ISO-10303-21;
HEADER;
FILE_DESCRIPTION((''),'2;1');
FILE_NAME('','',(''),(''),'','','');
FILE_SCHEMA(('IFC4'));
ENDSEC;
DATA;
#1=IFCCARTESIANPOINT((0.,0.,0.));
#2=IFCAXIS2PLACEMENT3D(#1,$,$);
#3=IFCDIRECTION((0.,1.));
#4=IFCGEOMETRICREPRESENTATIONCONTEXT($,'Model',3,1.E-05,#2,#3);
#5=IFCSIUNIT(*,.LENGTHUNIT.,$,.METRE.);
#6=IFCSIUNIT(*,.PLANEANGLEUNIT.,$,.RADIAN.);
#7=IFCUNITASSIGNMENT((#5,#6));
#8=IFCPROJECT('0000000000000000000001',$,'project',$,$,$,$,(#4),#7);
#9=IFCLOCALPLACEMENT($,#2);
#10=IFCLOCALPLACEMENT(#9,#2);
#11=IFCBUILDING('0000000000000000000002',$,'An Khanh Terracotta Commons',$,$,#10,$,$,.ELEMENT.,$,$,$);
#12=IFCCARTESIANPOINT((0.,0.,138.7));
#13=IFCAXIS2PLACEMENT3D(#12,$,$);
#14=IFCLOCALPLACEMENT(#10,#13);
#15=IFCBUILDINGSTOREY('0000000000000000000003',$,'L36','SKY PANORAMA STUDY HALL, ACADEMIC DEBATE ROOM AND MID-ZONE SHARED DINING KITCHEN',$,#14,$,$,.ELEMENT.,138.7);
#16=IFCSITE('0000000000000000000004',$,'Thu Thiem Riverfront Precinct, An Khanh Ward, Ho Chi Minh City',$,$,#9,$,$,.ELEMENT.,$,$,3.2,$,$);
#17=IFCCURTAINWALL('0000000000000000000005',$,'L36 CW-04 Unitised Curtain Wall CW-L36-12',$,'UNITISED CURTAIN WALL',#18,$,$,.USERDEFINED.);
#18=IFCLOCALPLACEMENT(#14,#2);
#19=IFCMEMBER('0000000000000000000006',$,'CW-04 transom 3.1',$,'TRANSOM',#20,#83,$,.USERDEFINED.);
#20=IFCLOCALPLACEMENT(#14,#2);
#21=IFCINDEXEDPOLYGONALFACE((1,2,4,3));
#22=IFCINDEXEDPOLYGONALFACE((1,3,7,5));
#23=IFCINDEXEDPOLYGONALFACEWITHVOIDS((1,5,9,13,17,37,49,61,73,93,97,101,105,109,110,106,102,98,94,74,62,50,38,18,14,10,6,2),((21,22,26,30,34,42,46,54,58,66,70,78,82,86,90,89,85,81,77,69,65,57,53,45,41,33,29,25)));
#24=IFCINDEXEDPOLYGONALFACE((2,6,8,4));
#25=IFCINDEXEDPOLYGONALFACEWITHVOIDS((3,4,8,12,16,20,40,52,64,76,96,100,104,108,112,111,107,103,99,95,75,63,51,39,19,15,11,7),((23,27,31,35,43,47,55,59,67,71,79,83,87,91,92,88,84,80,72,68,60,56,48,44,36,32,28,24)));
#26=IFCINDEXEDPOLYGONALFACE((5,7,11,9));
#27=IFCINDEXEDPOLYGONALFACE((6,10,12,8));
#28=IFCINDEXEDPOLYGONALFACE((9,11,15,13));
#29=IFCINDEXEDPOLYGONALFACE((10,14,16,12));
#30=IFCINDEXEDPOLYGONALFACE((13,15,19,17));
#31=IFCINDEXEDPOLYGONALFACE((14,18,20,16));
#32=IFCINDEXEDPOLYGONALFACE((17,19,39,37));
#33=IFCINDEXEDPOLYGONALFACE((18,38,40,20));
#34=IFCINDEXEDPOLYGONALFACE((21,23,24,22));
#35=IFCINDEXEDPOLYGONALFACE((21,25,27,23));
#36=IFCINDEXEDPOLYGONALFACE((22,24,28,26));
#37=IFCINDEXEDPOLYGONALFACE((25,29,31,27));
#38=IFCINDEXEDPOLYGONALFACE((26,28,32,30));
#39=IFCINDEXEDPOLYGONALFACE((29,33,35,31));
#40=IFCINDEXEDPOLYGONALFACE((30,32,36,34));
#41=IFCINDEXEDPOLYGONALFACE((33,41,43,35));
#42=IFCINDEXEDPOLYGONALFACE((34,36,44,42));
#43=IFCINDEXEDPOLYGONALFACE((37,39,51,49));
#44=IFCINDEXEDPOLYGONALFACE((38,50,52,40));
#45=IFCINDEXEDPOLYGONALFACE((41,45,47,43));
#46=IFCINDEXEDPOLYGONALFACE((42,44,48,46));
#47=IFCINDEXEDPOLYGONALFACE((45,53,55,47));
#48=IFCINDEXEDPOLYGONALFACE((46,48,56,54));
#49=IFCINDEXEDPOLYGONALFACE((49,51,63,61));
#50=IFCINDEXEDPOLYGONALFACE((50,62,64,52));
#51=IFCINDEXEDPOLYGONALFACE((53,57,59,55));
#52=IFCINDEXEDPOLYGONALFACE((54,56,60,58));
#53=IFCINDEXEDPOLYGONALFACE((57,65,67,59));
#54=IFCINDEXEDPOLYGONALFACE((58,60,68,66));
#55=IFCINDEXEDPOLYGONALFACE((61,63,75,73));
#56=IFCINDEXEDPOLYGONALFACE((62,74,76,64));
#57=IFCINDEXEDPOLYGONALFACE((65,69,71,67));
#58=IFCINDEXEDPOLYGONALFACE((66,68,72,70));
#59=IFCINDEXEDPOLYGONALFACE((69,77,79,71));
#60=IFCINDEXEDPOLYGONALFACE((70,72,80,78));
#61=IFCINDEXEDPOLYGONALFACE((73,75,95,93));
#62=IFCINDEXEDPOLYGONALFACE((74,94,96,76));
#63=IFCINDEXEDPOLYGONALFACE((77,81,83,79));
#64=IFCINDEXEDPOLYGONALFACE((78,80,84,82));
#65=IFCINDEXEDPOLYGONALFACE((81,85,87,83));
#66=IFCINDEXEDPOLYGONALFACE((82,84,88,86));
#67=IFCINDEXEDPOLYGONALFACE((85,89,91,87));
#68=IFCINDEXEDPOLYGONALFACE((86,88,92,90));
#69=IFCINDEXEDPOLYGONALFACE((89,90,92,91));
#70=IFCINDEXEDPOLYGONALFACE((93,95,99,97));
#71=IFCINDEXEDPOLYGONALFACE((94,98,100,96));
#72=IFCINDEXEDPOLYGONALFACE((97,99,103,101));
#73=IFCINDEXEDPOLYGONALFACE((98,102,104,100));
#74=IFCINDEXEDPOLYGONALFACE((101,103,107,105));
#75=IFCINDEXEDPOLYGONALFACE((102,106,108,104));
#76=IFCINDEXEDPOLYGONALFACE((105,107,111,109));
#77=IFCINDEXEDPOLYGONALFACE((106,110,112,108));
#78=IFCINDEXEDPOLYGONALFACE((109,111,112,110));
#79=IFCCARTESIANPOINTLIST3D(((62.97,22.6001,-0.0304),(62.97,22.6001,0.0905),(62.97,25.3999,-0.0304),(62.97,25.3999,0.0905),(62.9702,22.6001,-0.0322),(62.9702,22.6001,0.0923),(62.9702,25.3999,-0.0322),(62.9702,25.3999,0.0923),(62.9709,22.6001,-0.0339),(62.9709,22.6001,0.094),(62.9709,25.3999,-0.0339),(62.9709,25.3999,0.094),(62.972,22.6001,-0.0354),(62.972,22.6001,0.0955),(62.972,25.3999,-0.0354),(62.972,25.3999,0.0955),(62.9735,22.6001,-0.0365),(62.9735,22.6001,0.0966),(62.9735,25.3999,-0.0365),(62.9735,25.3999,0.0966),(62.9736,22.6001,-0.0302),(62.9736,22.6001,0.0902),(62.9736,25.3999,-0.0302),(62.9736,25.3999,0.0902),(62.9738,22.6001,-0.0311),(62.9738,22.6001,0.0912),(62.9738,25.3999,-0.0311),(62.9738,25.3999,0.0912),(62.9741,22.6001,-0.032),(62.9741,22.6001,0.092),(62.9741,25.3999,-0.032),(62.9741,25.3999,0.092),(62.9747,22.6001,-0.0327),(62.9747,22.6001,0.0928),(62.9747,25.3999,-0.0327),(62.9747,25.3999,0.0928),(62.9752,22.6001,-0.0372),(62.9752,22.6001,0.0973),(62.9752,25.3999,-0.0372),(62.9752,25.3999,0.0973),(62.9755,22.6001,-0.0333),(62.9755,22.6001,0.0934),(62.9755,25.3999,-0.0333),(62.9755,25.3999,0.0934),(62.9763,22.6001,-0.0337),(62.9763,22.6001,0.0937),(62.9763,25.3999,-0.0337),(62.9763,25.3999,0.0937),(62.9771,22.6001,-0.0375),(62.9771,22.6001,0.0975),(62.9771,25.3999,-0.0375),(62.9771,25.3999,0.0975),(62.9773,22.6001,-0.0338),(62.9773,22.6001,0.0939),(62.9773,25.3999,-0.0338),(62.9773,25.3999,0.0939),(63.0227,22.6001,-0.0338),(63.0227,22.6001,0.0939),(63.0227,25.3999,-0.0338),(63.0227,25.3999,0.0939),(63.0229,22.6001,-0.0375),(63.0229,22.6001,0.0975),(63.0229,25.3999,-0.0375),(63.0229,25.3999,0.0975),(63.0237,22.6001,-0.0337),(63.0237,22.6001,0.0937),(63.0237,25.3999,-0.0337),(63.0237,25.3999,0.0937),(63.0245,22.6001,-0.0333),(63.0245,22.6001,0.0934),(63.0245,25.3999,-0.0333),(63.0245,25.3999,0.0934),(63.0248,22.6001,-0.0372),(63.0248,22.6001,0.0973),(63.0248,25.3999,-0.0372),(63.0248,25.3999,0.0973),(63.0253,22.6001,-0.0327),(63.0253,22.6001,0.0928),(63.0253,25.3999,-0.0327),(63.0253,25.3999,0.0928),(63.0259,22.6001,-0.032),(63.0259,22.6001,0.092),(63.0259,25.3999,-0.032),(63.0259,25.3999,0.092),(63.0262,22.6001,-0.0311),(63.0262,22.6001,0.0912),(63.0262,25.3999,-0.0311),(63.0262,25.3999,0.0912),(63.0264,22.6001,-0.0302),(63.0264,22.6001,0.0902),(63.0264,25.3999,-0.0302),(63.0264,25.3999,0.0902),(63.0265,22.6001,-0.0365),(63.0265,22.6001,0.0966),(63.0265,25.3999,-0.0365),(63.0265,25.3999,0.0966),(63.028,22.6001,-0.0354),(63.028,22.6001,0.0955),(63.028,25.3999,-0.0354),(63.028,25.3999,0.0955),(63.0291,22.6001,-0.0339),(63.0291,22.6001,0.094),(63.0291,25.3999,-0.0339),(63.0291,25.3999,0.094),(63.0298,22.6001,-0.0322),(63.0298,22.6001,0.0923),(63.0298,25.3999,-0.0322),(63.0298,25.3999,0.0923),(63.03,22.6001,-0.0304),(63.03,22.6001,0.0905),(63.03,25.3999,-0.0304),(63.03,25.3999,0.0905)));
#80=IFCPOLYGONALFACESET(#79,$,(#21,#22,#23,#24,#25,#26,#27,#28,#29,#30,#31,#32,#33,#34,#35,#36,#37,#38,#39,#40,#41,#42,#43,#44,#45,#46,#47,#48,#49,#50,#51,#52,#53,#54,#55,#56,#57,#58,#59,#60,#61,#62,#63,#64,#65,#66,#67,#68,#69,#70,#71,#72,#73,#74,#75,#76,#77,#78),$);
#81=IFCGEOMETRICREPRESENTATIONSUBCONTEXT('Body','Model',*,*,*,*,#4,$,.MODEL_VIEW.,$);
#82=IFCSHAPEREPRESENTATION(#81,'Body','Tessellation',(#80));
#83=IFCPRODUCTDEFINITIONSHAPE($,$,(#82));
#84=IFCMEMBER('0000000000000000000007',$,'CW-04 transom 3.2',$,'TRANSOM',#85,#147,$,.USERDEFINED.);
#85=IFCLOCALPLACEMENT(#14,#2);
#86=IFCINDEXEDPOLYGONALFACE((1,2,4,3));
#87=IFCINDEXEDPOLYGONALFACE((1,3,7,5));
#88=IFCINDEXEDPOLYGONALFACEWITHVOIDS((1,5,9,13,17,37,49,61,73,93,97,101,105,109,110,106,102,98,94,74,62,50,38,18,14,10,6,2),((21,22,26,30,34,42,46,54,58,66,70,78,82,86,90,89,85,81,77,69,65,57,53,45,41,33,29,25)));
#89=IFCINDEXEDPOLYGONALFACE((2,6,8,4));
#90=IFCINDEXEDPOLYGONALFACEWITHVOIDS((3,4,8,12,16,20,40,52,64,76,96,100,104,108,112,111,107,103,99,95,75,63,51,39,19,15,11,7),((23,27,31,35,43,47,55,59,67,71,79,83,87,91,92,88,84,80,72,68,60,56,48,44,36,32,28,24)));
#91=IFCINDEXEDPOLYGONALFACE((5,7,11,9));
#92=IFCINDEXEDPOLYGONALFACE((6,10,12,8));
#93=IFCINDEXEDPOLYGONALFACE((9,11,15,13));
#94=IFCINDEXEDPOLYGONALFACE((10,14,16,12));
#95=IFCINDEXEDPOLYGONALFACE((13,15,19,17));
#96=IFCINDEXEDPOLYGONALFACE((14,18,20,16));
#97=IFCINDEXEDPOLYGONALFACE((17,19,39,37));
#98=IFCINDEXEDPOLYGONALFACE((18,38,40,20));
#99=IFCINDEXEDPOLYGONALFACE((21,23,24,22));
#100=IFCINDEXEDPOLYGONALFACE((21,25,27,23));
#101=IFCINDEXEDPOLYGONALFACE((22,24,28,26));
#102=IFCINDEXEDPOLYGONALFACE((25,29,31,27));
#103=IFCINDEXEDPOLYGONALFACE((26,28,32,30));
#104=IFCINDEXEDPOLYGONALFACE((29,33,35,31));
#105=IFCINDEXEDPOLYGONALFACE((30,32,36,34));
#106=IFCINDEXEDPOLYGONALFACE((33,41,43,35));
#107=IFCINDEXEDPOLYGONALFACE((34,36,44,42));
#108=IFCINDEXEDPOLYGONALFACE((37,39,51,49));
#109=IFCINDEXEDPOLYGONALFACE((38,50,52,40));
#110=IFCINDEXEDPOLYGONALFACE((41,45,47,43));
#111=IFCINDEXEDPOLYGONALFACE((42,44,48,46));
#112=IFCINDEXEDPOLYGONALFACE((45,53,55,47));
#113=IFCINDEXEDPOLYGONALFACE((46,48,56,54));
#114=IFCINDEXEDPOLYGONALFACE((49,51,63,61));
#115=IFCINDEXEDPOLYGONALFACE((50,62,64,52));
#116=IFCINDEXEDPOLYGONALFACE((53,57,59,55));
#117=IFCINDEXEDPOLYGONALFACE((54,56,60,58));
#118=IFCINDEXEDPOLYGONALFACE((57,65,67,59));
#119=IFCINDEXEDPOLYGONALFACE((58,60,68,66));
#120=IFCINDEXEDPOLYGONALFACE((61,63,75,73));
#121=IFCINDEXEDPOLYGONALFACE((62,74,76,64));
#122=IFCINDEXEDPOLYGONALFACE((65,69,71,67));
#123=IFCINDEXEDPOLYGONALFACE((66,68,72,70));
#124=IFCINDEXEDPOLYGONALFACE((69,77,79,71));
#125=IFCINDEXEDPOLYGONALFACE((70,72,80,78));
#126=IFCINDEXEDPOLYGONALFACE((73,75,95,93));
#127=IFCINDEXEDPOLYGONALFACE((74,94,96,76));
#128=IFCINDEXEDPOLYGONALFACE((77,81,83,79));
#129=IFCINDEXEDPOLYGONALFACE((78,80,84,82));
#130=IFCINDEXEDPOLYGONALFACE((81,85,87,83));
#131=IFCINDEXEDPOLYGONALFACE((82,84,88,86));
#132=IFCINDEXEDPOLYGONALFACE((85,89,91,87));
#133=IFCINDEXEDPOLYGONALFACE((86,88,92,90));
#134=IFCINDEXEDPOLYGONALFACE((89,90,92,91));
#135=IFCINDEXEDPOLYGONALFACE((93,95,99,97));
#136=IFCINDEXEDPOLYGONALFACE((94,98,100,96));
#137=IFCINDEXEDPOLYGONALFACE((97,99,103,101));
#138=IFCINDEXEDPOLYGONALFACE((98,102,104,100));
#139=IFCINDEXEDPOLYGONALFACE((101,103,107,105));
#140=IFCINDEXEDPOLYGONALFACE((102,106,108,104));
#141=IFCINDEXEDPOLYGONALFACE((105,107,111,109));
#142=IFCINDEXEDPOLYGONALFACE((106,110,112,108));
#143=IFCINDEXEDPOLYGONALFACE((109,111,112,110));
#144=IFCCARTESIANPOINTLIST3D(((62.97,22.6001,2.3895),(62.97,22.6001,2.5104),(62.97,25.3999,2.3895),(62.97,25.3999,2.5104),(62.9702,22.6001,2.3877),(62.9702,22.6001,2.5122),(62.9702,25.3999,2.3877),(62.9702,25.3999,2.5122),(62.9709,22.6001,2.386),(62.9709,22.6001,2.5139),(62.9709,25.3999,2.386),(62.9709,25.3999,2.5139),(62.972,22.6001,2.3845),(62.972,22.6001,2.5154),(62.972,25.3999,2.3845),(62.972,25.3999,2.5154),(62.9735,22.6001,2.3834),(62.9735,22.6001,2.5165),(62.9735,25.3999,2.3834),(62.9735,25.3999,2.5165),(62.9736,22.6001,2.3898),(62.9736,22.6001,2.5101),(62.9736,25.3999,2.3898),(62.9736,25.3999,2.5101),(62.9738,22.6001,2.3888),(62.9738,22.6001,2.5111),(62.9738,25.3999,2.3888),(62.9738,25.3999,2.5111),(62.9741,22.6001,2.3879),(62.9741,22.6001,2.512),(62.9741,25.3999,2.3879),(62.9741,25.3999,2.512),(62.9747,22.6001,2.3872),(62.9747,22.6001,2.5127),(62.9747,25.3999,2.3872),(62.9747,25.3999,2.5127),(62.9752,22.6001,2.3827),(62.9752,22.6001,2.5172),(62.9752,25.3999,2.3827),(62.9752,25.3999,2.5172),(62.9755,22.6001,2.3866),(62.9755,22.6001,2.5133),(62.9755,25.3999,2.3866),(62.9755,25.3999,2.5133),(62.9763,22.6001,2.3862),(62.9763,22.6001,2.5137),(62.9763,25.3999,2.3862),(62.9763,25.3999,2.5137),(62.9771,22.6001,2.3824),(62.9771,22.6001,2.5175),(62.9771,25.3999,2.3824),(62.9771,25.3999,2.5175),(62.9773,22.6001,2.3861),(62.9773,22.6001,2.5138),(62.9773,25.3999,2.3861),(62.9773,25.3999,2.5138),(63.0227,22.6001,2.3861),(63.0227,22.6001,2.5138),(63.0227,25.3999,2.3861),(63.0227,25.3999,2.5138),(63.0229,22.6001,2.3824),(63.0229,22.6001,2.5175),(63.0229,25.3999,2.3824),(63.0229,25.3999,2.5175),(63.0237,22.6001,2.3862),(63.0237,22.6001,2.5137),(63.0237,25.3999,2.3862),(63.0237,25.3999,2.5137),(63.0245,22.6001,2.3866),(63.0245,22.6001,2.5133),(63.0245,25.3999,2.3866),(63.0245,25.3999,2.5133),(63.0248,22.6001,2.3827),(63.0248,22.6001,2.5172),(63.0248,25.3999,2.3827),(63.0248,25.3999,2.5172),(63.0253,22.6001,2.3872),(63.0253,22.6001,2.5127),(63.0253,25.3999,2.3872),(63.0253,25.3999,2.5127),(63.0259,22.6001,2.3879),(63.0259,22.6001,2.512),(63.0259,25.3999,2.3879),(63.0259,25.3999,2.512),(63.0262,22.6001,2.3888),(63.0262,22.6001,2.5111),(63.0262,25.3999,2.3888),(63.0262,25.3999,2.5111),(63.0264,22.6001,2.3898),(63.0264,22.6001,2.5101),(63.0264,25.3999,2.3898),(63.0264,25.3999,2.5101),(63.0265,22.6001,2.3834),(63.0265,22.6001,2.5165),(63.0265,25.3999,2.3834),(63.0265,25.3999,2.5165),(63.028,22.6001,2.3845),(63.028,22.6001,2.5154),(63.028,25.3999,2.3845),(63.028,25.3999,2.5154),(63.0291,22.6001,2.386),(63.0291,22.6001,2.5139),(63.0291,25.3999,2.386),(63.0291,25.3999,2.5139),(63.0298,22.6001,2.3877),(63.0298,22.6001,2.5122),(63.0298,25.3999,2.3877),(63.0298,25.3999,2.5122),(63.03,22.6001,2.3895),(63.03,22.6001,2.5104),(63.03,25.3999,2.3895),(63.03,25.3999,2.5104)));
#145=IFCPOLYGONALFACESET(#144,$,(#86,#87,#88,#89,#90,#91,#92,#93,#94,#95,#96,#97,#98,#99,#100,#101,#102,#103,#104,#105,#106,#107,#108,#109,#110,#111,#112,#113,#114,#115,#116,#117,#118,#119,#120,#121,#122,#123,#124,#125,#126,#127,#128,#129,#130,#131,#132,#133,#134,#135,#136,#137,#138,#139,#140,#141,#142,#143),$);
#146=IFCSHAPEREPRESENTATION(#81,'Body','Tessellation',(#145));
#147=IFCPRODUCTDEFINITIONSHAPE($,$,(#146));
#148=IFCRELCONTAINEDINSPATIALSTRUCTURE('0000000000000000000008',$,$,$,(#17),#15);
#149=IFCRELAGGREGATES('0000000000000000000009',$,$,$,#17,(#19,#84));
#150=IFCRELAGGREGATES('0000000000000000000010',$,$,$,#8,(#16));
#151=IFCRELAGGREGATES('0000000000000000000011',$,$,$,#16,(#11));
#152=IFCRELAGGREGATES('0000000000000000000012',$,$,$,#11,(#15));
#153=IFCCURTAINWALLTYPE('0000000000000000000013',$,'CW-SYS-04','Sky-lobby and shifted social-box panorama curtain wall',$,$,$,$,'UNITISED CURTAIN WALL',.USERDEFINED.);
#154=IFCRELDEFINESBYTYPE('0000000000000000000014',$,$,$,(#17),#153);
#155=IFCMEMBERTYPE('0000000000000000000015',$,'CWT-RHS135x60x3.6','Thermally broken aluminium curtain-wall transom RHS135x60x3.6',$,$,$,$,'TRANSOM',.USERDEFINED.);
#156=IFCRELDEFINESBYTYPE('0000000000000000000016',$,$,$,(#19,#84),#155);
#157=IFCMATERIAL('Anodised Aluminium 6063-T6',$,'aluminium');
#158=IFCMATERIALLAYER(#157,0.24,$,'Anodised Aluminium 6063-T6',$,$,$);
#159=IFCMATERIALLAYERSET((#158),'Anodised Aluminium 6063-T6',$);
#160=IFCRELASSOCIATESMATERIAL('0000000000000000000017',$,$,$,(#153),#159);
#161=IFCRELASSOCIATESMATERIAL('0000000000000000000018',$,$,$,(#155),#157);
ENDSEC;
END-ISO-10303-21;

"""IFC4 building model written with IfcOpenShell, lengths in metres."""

from ifc_helpers import new_model, si_unit, direction, frame, origin, origin_2d, place, context, subcontext, project, spatial, hollow_rectangle, extrude, material, layer, layer_set, material_profile, profile_set, type_object, element, aggregate, save


model = new_model("IFC4")

# Units and contexts
model_context = context("Model", 3, precision=1e-05, world=origin(), true_north=direction((0.0, 1.0)))
body_context = subcontext(model_context, "Body", "Model", "MODEL_VIEW")
ifc_project = project(units=[si_unit("LENGTHUNIT", "METRE"), si_unit("PLANEANGLEUNIT", "RADIAN")], contexts=[model_context])

# Site, building, storey
site_placement = place(None, origin())
site = spatial("IfcSite", under=ifc_project, at=site_placement, Name="Thu Thiem Riverfront Precinct, An Khanh Ward, Ho Chi Minh City", CompositionType="ELEMENT", RefElevation=3.2)
building_placement = place(site_placement, origin())
building = spatial("IfcBuilding", under=site, at=building_placement, Name="An Khanh Terracotta Commons", CompositionType="ELEMENT")
storey_placement = place(building_placement, frame((0.0, 0.0, 138.7)))
storey = spatial("IfcBuildingStorey", under=building, at=storey_placement, Name="L36", Description="SKY PANORAMA STUDY HALL, ACADEMIC DEBATE ROOM AND MID-ZONE SHARED DINING KITCHEN", CompositionType="ELEMENT", Elevation=138.7)

# Curtain wall
ifc_material_1 = material(Name="Anodised Aluminium 6063-T6", Category="aluminium")
ifc_layer_1 = layer(ifc_material_1, 0.24, Name="Anodised Aluminium 6063-T6")
ifc_layer_set_1 = layer_set([ifc_layer_1], Name="Anodised Aluminium 6063-T6")
curtain_wall_type = type_object("IfcCurtainWallType", Name="CW-SYS-04", Description="Sky-lobby and shifted social-box panorama curtain wall", ElementType="UNITISED CURTAIN WALL", PredefinedType="USERDEFINED", material=ifc_layer_set_1)
curtain_wall_1_placement = place(storey_placement, origin())
curtain_wall_1 = element("IfcCurtainWall", 1, at=curtain_wall_1_placement, inside=storey, type_object=curtain_wall_type, Name="L36 CW-04 Unitised Curtain Wall CW-L36-12", ObjectType="UNITISED CURTAIN WALL", PredefinedType="USERDEFINED")

# Members
ifc_material_profile_1 = material_profile(ifc_material_1, hollow_rectangle(XDim=0.0601, YDim=0.135, WallThickness=0.0037, InnerFilletRadius=0.0037, OuterFilletRadius=0.0071, at=origin_2d()), Name="RHS135x60x3.6")
ifc_profile_set_1 = profile_set([ifc_material_profile_1], Name="Anodised Aluminium 6063-T6")
member_type_1 = type_object("IfcMemberType", Name="CWT-RHS135x60x3.6", Description="Thermally broken aluminium curtain-wall transom RHS135x60x3.6", ElementType="TRANSOM", PredefinedType="USERDEFINED", material=ifc_profile_set_1)
member_1_placement = place(storey_placement, frame((63.0, 22.6001, 0.03), z_axis=(0.0, 1.0, 0.0), x_axis=(-1.0, 0.0, 0.0)))
member_1 = element("IfcMember", 2, at=member_1_placement, type_object=member_type_1, Name="CW-04 transom 3.1", ObjectType="TRANSOM", PredefinedType="USERDEFINED", context=body_context, shape_type="SweptSolid", body=[
    extrude(hollow_rectangle(XDim=0.0601, YDim=0.135, WallThickness=0.0037, InnerFilletRadius=0.0037, OuterFilletRadius=0.0071, at=origin_2d()), origin(), (0.0, 0.0, 1.0), 2.7998),
])
member_2_placement = place(storey_placement, frame((63.0, 22.6001, 2.45), z_axis=(0.0, 1.0, 0.0), x_axis=(-1.0, 0.0, 0.0)))
member_2 = element("IfcMember", 3, at=member_2_placement, type_object=member_type_1, Name="CW-04 transom 3.2", ObjectType="TRANSOM", PredefinedType="USERDEFINED", context=body_context, shape_type="SweptSolid", body=[
    extrude(hollow_rectangle(XDim=0.0601, YDim=0.135, WallThickness=0.0037, InnerFilletRadius=0.0037, OuterFilletRadius=0.0071, at=origin_2d()), origin(), (0.0, 0.0, 1.0), 2.7998),
])

aggregate(curtain_wall_1, [member_1, member_2])

save(model, "model.ifc")
